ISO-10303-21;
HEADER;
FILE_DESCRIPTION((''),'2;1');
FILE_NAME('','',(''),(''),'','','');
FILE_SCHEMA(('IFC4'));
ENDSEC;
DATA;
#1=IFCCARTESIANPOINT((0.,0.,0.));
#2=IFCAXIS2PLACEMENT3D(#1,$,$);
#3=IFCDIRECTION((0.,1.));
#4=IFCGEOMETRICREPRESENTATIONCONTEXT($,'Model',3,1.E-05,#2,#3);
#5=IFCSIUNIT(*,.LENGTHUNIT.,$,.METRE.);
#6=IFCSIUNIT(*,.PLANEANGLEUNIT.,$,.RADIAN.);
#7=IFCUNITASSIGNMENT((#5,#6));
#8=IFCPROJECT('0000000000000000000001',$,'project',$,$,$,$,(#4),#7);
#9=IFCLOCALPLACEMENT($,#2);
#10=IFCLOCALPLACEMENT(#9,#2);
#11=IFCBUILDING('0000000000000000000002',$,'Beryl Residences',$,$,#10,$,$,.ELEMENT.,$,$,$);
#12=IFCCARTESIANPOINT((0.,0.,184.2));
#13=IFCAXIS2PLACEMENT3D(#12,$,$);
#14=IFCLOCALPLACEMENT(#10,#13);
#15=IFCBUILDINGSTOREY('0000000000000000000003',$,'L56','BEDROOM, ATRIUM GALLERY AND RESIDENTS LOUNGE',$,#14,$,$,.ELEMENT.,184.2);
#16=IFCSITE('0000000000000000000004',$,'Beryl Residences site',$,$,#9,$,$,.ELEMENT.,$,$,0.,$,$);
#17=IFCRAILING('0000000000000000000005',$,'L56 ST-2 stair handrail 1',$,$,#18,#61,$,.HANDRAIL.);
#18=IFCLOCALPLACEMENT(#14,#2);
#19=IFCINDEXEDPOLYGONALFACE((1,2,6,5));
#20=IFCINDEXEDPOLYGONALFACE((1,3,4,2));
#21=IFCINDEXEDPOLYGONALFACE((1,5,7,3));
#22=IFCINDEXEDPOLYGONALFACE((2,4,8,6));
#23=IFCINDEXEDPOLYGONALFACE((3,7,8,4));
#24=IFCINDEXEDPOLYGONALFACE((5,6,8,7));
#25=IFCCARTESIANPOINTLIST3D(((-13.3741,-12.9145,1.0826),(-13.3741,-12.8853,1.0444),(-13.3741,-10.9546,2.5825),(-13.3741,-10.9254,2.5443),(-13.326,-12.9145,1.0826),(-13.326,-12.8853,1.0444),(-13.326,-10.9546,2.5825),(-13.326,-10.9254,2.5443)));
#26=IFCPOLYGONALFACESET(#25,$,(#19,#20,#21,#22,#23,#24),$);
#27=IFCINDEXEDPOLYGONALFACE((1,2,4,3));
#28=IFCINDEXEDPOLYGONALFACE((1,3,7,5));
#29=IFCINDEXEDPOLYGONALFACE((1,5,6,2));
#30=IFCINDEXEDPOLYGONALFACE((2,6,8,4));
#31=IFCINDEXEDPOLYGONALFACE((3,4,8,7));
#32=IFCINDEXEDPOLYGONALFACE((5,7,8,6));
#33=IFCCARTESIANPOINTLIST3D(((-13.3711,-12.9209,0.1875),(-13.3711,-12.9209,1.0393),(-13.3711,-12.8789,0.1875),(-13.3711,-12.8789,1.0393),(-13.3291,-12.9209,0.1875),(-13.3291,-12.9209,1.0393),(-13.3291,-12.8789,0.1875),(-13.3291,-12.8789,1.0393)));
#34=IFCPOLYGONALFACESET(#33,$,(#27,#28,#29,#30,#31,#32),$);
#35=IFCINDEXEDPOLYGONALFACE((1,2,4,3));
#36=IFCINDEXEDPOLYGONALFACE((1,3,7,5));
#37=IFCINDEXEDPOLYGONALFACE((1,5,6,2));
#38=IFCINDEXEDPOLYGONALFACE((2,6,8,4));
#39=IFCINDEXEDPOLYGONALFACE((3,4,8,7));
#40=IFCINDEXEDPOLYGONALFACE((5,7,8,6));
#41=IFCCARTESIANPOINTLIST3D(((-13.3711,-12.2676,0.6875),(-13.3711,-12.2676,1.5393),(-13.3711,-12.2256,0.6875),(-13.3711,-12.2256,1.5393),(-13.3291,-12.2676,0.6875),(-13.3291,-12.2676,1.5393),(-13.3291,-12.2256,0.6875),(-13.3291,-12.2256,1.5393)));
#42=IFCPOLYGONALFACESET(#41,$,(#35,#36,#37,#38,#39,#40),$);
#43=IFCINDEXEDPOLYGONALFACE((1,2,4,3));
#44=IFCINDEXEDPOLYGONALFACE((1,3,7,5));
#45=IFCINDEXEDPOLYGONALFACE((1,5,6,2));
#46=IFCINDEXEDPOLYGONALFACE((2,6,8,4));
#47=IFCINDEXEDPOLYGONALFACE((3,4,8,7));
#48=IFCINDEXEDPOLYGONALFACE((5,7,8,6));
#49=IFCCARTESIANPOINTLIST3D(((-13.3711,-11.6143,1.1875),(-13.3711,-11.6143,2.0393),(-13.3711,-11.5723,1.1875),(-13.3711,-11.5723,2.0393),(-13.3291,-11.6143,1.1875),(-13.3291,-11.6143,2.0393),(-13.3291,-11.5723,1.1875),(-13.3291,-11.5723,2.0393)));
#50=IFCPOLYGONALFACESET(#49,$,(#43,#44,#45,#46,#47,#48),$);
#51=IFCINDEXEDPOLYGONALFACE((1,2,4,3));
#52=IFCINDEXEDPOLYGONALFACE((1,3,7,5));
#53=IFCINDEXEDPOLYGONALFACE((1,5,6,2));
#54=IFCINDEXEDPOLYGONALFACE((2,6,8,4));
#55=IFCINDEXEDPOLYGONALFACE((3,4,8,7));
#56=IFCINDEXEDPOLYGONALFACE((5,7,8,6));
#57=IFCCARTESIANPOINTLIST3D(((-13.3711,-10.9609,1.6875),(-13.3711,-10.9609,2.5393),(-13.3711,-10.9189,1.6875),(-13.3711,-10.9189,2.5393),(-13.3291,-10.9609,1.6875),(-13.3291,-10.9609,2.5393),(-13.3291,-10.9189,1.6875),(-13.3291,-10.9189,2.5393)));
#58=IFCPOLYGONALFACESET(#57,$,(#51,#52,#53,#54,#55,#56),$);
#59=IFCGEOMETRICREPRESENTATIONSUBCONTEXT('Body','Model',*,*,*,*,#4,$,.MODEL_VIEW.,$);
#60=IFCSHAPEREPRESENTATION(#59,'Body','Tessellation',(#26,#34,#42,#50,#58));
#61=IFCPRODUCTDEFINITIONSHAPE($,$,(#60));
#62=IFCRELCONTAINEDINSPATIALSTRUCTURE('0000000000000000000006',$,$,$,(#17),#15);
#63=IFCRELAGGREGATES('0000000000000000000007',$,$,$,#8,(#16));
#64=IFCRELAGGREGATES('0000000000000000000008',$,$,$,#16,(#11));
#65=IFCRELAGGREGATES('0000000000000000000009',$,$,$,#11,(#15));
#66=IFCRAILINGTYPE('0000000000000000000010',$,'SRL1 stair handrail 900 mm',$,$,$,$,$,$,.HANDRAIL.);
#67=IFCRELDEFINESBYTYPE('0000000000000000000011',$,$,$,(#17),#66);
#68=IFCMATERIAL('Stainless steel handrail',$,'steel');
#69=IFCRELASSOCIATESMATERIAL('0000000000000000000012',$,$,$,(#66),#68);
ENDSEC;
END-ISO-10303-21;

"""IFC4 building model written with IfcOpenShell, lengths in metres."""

from ifc_helpers import new_model, si_unit, direction, frame, origin, origin_2d, place, context, subcontext, project, spatial, rectangle, extrude, material, type_object, element, save


model = new_model("IFC4")

# Units and contexts
model_context = context("Model", 3, precision=1e-05, world=origin(), true_north=direction((0.0, 1.0)))
body_context = subcontext(model_context, "Body", "Model", "MODEL_VIEW")
ifc_project = project(units=[si_unit("LENGTHUNIT", "METRE"), si_unit("PLANEANGLEUNIT", "RADIAN")], contexts=[model_context])

# Site, building, storey
site_placement = place(None, origin())
site = spatial("IfcSite", under=ifc_project, at=site_placement, Name="Beryl Residences site", CompositionType="ELEMENT", RefElevation=0.0)
building_placement = place(site_placement, origin())
building = spatial("IfcBuilding", under=site, at=building_placement, Name="Beryl Residences", CompositionType="ELEMENT")
storey_placement = place(building_placement, frame((0.0, 0.0, 184.2)))
storey = spatial("IfcBuildingStorey", under=building, at=storey_placement, Name="L56", Description="BEDROOM, ATRIUM GALLERY AND RESIDENTS LOUNGE", CompositionType="ELEMENT", Elevation=184.2)

# Railing
ifc_material_1 = material(Name="Stainless steel handrail", Category="steel")
railing_type_1 = type_object("IfcRailingType", Name="SRL1 stair handrail 900 mm", PredefinedType="HANDRAIL", material=ifc_material_1)
railing_1_placement = place(storey_placement, frame((-13.3501, -12.8999, 0.1875)))
element("IfcRailing", 1, at=railing_1_placement, inside=storey, type_object=railing_type_1, Name="L56 ST-2 stair handrail 1", PredefinedType="HANDRAIL", context=body_context, shape_type="SweptSolid", body=[
    extrude(rectangle(XDim=0.0481, YDim=0.0481, at=origin_2d()), frame((0.0, 0.0, 0.876), z_axis=(0.0, 0.794122, 0.607758), x_axis=(-1.0, 0.0, 0.0)), (0.0, 0.0, 1.0), 2.468),
    extrude(rectangle(XDim=0.042, YDim=0.042, at=origin_2d()), origin(), (0.0, 0.0, 1.0), 0.8518),
    extrude(rectangle(XDim=0.042, YDim=0.042, at=origin_2d()), frame((0.0, 0.6533, 0.5)), (0.0, 0.0, 1.0), 0.8518),
    extrude(rectangle(XDim=0.042, YDim=0.042, at=origin_2d()), frame((0.0, 1.3066, 1.0)), (0.0, 0.0, 1.0), 0.8518),
    extrude(rectangle(XDim=0.042, YDim=0.042, at=origin_2d()), frame((0.0, 1.96, 1.5)), (0.0, 0.0, 1.0), 0.8518),
])

save(model, "model.ifc")
